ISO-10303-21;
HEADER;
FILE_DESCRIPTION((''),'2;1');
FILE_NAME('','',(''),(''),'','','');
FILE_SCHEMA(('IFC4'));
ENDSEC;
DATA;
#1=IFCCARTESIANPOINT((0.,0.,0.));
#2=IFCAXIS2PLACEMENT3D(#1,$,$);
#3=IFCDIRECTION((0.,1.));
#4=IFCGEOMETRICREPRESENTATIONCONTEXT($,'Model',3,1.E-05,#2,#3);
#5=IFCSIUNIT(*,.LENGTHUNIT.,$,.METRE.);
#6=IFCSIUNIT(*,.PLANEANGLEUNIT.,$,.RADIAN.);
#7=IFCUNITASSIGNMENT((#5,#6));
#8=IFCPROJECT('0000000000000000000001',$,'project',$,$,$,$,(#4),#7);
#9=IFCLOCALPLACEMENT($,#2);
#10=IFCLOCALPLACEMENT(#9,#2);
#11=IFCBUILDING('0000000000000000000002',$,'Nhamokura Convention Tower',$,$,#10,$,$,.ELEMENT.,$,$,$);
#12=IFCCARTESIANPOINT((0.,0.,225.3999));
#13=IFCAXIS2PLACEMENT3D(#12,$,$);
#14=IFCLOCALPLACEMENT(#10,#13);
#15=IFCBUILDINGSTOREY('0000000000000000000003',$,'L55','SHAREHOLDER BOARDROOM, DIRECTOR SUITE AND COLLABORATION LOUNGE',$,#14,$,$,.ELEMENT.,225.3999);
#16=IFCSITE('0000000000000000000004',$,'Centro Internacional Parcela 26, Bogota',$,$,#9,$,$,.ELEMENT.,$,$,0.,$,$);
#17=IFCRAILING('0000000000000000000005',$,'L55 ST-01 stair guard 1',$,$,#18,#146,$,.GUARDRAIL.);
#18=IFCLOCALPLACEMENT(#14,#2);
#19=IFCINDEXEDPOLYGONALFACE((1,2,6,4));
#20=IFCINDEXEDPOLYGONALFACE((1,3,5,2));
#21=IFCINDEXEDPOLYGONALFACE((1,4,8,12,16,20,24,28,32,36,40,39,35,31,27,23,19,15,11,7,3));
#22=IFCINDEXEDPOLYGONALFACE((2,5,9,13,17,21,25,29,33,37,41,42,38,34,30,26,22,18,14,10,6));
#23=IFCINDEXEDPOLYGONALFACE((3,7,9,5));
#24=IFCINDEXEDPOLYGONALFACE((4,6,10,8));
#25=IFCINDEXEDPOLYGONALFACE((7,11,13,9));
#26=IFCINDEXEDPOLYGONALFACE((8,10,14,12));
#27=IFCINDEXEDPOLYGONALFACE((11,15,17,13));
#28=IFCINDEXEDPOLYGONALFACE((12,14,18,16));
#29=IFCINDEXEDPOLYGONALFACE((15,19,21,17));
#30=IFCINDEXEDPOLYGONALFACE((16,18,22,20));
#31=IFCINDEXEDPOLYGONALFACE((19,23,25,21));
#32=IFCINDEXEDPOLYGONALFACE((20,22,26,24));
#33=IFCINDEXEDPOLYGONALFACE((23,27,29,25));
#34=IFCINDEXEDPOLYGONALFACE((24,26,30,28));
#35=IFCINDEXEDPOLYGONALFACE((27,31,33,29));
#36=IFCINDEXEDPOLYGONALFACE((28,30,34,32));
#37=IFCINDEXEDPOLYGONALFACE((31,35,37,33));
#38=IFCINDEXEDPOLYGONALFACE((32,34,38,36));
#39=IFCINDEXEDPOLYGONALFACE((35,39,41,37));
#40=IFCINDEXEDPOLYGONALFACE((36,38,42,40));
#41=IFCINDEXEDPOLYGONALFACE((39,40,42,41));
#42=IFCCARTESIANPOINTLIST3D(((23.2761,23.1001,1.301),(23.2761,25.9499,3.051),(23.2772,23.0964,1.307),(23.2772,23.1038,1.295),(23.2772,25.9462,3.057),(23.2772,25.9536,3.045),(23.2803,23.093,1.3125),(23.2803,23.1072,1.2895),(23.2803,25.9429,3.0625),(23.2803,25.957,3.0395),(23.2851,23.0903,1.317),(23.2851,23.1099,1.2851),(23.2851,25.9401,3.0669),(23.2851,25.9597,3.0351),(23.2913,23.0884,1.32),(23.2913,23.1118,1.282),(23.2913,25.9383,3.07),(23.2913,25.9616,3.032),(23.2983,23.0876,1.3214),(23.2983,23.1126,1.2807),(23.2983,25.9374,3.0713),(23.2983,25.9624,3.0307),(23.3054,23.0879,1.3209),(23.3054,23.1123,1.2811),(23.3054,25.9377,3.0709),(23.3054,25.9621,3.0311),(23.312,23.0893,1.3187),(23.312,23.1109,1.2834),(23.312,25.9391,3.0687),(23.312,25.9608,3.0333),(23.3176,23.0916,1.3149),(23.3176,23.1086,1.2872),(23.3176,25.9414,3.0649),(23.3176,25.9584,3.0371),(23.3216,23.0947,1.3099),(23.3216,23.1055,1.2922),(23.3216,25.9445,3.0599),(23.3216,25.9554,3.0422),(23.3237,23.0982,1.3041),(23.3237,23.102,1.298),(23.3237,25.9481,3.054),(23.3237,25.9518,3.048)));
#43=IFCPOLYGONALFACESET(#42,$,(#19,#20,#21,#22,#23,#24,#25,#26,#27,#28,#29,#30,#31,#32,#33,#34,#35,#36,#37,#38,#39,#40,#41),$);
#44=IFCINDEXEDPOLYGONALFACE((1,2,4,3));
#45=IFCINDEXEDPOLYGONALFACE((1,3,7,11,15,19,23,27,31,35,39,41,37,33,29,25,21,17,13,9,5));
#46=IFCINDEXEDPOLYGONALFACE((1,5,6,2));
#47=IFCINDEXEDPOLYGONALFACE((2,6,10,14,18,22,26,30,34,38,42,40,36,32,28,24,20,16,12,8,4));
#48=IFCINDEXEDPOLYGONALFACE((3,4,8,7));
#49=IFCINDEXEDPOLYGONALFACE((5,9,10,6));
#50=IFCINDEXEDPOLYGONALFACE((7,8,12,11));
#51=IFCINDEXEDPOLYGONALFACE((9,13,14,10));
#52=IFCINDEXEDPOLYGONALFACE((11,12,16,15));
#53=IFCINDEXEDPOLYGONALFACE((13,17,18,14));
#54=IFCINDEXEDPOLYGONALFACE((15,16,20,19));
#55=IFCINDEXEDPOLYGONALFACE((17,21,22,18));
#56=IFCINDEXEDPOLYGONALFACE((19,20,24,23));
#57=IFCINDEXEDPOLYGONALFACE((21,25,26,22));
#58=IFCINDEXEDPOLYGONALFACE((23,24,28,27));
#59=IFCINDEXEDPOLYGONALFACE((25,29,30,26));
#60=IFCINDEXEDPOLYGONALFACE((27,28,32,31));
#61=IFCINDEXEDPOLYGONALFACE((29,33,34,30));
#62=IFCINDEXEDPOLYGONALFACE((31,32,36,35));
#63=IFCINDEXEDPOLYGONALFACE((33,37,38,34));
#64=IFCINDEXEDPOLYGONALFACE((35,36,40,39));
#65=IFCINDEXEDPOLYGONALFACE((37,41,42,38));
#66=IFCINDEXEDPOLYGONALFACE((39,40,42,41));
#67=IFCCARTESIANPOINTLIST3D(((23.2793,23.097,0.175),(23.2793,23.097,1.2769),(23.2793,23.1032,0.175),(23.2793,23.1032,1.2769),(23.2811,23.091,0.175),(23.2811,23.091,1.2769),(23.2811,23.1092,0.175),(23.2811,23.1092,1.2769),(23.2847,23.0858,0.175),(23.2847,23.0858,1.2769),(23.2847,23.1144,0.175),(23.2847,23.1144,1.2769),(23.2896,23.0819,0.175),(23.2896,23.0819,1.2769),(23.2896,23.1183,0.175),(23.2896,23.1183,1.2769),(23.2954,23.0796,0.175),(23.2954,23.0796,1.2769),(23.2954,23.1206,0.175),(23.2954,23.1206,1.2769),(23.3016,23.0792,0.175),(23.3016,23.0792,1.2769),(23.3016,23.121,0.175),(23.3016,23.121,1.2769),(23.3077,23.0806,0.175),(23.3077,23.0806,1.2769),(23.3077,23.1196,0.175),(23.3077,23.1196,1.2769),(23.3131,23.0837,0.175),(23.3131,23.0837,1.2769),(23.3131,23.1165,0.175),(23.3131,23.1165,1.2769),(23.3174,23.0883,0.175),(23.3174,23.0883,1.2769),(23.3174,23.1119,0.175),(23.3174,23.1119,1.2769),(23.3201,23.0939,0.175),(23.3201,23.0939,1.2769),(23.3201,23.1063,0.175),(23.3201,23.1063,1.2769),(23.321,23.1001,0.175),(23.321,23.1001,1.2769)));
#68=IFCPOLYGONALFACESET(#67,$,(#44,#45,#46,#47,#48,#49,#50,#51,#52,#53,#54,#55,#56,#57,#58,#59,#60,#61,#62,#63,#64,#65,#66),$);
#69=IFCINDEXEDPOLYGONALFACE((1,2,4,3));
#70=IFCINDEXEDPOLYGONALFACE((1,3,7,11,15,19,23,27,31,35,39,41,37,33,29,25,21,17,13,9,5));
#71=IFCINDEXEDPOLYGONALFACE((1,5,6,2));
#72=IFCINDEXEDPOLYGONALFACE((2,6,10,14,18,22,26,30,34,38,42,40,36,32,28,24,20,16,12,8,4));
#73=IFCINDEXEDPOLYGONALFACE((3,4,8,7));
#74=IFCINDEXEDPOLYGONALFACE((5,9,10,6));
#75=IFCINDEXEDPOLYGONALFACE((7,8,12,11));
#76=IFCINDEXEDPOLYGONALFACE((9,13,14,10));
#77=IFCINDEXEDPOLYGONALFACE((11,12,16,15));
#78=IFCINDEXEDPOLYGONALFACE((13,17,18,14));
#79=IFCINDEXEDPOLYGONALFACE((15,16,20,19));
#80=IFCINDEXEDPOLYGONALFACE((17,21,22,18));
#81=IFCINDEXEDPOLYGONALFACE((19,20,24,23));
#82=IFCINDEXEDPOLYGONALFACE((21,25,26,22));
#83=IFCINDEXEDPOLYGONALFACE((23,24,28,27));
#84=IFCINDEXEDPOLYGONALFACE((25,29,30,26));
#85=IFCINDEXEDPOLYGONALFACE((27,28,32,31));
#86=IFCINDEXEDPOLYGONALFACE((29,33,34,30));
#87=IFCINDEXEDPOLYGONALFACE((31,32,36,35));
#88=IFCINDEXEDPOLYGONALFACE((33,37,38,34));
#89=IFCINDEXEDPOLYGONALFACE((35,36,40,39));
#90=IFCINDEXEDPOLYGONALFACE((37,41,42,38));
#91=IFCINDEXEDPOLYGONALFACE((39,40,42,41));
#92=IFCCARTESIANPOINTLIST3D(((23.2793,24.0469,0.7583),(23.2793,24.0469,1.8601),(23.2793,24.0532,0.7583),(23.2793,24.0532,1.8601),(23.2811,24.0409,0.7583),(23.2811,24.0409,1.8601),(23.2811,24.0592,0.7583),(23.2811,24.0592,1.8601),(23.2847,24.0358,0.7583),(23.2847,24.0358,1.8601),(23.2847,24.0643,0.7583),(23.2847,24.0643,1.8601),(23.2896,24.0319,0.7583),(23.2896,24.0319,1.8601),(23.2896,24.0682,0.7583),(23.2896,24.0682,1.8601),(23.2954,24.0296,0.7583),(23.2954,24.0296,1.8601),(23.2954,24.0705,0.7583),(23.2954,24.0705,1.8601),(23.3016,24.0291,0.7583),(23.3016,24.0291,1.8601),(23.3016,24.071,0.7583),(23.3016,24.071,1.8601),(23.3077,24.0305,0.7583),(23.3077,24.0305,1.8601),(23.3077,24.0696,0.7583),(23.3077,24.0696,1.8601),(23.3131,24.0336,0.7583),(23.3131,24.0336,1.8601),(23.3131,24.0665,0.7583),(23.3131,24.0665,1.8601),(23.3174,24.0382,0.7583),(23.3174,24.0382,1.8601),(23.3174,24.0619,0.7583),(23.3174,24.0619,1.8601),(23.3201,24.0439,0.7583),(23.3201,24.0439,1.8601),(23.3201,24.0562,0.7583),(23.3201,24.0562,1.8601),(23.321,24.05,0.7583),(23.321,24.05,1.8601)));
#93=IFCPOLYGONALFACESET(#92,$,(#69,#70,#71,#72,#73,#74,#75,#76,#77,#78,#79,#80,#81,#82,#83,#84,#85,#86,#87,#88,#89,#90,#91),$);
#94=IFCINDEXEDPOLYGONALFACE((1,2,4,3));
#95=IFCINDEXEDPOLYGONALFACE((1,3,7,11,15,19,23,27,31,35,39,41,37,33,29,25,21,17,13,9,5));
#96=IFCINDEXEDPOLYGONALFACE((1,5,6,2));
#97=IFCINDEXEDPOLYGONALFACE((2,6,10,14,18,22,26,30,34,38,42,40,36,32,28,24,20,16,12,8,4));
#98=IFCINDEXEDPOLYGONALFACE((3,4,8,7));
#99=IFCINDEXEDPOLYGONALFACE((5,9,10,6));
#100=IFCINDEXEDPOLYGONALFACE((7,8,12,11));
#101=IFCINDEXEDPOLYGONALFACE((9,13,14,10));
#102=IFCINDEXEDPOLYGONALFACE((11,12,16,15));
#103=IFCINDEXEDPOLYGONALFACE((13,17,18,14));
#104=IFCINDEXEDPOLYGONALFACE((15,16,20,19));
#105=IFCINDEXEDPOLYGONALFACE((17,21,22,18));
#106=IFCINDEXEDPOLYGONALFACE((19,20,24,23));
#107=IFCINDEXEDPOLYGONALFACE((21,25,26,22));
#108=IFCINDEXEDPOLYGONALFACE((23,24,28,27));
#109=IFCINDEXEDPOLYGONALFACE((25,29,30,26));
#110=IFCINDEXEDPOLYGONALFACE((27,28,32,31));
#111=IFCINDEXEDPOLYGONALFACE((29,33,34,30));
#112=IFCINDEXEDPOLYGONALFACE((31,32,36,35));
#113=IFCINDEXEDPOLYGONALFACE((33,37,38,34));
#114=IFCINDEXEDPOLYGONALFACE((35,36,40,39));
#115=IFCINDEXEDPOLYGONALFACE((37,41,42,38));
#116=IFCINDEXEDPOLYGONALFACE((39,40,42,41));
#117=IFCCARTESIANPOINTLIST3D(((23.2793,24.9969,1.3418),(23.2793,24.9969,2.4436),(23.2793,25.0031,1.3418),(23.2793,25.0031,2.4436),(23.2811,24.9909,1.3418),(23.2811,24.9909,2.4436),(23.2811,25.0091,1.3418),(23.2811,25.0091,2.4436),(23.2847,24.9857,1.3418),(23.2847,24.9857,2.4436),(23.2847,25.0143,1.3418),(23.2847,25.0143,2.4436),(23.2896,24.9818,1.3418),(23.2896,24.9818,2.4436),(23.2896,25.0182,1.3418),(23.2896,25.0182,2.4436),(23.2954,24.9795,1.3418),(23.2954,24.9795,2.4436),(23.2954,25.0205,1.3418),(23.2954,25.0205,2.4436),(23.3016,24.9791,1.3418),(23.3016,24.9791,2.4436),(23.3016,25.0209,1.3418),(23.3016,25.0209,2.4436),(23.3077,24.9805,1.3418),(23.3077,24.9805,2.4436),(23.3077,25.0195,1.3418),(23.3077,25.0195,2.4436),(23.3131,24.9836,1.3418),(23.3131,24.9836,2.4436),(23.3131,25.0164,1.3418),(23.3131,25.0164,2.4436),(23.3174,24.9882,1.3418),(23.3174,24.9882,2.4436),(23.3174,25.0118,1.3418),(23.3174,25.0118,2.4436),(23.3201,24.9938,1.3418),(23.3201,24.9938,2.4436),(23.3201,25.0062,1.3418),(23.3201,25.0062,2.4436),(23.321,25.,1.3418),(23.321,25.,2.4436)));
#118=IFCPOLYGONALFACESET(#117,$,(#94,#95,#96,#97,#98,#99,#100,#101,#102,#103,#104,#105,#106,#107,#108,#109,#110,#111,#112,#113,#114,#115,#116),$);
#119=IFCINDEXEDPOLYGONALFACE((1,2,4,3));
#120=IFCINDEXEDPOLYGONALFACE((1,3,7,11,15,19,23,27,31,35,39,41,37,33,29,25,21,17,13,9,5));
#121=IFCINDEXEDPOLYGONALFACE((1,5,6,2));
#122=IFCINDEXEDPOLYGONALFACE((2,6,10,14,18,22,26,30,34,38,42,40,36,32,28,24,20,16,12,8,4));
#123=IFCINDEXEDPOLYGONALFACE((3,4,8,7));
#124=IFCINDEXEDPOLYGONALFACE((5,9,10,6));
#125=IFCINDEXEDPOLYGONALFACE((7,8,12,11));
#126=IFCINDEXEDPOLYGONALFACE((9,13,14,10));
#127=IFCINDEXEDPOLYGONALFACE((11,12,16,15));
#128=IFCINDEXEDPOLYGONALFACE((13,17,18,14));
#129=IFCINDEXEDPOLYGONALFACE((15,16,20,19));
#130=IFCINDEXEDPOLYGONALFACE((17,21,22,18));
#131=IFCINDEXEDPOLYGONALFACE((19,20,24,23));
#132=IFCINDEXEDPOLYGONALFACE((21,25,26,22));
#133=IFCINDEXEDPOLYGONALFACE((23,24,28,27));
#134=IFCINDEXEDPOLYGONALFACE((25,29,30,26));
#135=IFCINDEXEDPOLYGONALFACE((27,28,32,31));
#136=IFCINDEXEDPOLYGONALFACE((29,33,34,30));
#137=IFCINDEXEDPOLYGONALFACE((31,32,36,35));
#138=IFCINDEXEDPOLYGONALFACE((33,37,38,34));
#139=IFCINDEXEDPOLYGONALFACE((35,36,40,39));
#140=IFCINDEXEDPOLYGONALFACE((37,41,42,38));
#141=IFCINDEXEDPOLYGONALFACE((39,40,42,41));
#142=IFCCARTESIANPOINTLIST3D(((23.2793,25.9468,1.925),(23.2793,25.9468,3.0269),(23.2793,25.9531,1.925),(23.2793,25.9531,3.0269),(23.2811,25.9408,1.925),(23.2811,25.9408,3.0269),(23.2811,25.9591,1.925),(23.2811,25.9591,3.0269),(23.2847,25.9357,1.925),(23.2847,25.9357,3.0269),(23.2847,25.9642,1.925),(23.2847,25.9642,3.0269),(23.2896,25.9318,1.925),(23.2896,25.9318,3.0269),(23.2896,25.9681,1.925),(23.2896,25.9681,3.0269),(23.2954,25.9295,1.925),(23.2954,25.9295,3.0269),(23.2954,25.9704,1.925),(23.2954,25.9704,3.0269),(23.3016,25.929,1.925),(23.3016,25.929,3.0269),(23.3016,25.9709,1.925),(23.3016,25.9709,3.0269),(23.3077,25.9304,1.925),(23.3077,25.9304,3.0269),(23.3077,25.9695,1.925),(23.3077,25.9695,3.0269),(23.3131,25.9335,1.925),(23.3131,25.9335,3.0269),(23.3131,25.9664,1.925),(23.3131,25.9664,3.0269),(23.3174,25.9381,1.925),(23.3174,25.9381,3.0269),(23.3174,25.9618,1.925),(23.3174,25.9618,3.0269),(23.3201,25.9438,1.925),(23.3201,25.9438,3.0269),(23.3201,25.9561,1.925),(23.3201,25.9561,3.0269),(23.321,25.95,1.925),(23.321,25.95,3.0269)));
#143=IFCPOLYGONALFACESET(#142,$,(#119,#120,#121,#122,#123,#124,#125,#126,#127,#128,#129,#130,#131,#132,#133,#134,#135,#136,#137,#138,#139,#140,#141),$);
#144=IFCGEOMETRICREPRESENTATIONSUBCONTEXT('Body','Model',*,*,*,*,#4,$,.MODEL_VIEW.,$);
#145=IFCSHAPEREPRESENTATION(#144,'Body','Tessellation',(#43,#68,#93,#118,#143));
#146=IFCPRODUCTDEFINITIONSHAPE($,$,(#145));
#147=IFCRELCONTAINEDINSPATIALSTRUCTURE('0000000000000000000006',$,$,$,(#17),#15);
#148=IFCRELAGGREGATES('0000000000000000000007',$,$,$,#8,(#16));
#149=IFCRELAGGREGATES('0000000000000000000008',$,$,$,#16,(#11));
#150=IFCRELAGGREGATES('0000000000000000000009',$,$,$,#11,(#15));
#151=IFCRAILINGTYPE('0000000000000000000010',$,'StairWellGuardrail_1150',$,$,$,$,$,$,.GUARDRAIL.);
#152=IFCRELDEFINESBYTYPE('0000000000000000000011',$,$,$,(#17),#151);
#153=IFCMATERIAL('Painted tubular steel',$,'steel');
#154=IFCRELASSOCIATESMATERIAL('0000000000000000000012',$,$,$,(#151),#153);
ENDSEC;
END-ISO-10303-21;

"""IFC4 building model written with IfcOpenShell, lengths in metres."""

from ifc_helpers import new_model, si_unit, direction, frame, origin, origin_2d, place, context, subcontext, project, spatial, circle, extrude, material, type_object, element, save


model = new_model("IFC4")

# Units and contexts
model_context = context("Model", 3, precision=1e-05, world=origin(), true_north=direction((0.0, 1.0)))
body_context = subcontext(model_context, "Body", "Model", "MODEL_VIEW")
ifc_project = project(units=[si_unit("LENGTHUNIT", "METRE"), si_unit("PLANEANGLEUNIT", "RADIAN")], contexts=[model_context])

# Site, building, storey
site_placement = place(None, origin())
site = spatial("IfcSite", under=ifc_project, at=site_placement, Name="Centro Internacional Parcela 26, Bogota", CompositionType="ELEMENT", RefElevation=0.0)
building_placement = place(site_placement, origin())
building = spatial("IfcBuilding", under=site, at=building_placement, Name="Nhamokura Convention Tower", CompositionType="ELEMENT")
storey_placement = place(building_placement, frame((0.0, 0.0, 225.3999)))
storey = spatial("IfcBuildingStorey", under=building, at=storey_placement, Name="L55", Description="SHAREHOLDER BOARDROOM, DIRECTOR SUITE AND COLLABORATION LOUNGE", CompositionType="ELEMENT", Elevation=225.3999)

# Railing
ifc_material_1 = material(Name="Painted tubular steel", Category="steel")
railing_type_1 = type_object("IfcRailingType", Name="StairWellGuardrail_1150", PredefinedType="GUARDRAIL", material=ifc_material_1)
railing_1_placement = place(storey_placement, frame((23.3, 23.1001, 0.175)))
element("IfcRailing", 1, at=railing_1_placement, inside=storey, type_object=railing_type_1, Name="L55 ST-01 stair guard 1", PredefinedType="GUARDRAIL", context=body_context, shape_type="SweptSolid", body=[
    extrude(circle(Radius=0.0239, at=origin_2d()), frame((0.0, 0.0, 1.126), z_axis=(0.0, 0.852159, 0.523283), x_axis=(-1.0, 0.0, 0.0)), (0.0, 0.0, 1.0), 3.3442),
    extrude(circle(Radius=0.021, at=origin_2d()), origin(), (0.0, 0.0, 1.0), 1.1018),
    extrude(circle(Radius=0.021, at=origin_2d()), frame((0.0, 0.95, 0.5833)), (0.0, 0.0, 1.0), 1.1018),
    extrude(circle(Radius=0.021, at=origin_2d()), frame((0.0, 1.8999, 1.1667)), (0.0, 0.0, 1.0), 1.1018),
    extrude(circle(Radius=0.021, at=origin_2d()), frame((0.0, 2.8499, 1.75)), (0.0, 0.0, 1.0), 1.1018),
])

save(model, "model.ifc")
